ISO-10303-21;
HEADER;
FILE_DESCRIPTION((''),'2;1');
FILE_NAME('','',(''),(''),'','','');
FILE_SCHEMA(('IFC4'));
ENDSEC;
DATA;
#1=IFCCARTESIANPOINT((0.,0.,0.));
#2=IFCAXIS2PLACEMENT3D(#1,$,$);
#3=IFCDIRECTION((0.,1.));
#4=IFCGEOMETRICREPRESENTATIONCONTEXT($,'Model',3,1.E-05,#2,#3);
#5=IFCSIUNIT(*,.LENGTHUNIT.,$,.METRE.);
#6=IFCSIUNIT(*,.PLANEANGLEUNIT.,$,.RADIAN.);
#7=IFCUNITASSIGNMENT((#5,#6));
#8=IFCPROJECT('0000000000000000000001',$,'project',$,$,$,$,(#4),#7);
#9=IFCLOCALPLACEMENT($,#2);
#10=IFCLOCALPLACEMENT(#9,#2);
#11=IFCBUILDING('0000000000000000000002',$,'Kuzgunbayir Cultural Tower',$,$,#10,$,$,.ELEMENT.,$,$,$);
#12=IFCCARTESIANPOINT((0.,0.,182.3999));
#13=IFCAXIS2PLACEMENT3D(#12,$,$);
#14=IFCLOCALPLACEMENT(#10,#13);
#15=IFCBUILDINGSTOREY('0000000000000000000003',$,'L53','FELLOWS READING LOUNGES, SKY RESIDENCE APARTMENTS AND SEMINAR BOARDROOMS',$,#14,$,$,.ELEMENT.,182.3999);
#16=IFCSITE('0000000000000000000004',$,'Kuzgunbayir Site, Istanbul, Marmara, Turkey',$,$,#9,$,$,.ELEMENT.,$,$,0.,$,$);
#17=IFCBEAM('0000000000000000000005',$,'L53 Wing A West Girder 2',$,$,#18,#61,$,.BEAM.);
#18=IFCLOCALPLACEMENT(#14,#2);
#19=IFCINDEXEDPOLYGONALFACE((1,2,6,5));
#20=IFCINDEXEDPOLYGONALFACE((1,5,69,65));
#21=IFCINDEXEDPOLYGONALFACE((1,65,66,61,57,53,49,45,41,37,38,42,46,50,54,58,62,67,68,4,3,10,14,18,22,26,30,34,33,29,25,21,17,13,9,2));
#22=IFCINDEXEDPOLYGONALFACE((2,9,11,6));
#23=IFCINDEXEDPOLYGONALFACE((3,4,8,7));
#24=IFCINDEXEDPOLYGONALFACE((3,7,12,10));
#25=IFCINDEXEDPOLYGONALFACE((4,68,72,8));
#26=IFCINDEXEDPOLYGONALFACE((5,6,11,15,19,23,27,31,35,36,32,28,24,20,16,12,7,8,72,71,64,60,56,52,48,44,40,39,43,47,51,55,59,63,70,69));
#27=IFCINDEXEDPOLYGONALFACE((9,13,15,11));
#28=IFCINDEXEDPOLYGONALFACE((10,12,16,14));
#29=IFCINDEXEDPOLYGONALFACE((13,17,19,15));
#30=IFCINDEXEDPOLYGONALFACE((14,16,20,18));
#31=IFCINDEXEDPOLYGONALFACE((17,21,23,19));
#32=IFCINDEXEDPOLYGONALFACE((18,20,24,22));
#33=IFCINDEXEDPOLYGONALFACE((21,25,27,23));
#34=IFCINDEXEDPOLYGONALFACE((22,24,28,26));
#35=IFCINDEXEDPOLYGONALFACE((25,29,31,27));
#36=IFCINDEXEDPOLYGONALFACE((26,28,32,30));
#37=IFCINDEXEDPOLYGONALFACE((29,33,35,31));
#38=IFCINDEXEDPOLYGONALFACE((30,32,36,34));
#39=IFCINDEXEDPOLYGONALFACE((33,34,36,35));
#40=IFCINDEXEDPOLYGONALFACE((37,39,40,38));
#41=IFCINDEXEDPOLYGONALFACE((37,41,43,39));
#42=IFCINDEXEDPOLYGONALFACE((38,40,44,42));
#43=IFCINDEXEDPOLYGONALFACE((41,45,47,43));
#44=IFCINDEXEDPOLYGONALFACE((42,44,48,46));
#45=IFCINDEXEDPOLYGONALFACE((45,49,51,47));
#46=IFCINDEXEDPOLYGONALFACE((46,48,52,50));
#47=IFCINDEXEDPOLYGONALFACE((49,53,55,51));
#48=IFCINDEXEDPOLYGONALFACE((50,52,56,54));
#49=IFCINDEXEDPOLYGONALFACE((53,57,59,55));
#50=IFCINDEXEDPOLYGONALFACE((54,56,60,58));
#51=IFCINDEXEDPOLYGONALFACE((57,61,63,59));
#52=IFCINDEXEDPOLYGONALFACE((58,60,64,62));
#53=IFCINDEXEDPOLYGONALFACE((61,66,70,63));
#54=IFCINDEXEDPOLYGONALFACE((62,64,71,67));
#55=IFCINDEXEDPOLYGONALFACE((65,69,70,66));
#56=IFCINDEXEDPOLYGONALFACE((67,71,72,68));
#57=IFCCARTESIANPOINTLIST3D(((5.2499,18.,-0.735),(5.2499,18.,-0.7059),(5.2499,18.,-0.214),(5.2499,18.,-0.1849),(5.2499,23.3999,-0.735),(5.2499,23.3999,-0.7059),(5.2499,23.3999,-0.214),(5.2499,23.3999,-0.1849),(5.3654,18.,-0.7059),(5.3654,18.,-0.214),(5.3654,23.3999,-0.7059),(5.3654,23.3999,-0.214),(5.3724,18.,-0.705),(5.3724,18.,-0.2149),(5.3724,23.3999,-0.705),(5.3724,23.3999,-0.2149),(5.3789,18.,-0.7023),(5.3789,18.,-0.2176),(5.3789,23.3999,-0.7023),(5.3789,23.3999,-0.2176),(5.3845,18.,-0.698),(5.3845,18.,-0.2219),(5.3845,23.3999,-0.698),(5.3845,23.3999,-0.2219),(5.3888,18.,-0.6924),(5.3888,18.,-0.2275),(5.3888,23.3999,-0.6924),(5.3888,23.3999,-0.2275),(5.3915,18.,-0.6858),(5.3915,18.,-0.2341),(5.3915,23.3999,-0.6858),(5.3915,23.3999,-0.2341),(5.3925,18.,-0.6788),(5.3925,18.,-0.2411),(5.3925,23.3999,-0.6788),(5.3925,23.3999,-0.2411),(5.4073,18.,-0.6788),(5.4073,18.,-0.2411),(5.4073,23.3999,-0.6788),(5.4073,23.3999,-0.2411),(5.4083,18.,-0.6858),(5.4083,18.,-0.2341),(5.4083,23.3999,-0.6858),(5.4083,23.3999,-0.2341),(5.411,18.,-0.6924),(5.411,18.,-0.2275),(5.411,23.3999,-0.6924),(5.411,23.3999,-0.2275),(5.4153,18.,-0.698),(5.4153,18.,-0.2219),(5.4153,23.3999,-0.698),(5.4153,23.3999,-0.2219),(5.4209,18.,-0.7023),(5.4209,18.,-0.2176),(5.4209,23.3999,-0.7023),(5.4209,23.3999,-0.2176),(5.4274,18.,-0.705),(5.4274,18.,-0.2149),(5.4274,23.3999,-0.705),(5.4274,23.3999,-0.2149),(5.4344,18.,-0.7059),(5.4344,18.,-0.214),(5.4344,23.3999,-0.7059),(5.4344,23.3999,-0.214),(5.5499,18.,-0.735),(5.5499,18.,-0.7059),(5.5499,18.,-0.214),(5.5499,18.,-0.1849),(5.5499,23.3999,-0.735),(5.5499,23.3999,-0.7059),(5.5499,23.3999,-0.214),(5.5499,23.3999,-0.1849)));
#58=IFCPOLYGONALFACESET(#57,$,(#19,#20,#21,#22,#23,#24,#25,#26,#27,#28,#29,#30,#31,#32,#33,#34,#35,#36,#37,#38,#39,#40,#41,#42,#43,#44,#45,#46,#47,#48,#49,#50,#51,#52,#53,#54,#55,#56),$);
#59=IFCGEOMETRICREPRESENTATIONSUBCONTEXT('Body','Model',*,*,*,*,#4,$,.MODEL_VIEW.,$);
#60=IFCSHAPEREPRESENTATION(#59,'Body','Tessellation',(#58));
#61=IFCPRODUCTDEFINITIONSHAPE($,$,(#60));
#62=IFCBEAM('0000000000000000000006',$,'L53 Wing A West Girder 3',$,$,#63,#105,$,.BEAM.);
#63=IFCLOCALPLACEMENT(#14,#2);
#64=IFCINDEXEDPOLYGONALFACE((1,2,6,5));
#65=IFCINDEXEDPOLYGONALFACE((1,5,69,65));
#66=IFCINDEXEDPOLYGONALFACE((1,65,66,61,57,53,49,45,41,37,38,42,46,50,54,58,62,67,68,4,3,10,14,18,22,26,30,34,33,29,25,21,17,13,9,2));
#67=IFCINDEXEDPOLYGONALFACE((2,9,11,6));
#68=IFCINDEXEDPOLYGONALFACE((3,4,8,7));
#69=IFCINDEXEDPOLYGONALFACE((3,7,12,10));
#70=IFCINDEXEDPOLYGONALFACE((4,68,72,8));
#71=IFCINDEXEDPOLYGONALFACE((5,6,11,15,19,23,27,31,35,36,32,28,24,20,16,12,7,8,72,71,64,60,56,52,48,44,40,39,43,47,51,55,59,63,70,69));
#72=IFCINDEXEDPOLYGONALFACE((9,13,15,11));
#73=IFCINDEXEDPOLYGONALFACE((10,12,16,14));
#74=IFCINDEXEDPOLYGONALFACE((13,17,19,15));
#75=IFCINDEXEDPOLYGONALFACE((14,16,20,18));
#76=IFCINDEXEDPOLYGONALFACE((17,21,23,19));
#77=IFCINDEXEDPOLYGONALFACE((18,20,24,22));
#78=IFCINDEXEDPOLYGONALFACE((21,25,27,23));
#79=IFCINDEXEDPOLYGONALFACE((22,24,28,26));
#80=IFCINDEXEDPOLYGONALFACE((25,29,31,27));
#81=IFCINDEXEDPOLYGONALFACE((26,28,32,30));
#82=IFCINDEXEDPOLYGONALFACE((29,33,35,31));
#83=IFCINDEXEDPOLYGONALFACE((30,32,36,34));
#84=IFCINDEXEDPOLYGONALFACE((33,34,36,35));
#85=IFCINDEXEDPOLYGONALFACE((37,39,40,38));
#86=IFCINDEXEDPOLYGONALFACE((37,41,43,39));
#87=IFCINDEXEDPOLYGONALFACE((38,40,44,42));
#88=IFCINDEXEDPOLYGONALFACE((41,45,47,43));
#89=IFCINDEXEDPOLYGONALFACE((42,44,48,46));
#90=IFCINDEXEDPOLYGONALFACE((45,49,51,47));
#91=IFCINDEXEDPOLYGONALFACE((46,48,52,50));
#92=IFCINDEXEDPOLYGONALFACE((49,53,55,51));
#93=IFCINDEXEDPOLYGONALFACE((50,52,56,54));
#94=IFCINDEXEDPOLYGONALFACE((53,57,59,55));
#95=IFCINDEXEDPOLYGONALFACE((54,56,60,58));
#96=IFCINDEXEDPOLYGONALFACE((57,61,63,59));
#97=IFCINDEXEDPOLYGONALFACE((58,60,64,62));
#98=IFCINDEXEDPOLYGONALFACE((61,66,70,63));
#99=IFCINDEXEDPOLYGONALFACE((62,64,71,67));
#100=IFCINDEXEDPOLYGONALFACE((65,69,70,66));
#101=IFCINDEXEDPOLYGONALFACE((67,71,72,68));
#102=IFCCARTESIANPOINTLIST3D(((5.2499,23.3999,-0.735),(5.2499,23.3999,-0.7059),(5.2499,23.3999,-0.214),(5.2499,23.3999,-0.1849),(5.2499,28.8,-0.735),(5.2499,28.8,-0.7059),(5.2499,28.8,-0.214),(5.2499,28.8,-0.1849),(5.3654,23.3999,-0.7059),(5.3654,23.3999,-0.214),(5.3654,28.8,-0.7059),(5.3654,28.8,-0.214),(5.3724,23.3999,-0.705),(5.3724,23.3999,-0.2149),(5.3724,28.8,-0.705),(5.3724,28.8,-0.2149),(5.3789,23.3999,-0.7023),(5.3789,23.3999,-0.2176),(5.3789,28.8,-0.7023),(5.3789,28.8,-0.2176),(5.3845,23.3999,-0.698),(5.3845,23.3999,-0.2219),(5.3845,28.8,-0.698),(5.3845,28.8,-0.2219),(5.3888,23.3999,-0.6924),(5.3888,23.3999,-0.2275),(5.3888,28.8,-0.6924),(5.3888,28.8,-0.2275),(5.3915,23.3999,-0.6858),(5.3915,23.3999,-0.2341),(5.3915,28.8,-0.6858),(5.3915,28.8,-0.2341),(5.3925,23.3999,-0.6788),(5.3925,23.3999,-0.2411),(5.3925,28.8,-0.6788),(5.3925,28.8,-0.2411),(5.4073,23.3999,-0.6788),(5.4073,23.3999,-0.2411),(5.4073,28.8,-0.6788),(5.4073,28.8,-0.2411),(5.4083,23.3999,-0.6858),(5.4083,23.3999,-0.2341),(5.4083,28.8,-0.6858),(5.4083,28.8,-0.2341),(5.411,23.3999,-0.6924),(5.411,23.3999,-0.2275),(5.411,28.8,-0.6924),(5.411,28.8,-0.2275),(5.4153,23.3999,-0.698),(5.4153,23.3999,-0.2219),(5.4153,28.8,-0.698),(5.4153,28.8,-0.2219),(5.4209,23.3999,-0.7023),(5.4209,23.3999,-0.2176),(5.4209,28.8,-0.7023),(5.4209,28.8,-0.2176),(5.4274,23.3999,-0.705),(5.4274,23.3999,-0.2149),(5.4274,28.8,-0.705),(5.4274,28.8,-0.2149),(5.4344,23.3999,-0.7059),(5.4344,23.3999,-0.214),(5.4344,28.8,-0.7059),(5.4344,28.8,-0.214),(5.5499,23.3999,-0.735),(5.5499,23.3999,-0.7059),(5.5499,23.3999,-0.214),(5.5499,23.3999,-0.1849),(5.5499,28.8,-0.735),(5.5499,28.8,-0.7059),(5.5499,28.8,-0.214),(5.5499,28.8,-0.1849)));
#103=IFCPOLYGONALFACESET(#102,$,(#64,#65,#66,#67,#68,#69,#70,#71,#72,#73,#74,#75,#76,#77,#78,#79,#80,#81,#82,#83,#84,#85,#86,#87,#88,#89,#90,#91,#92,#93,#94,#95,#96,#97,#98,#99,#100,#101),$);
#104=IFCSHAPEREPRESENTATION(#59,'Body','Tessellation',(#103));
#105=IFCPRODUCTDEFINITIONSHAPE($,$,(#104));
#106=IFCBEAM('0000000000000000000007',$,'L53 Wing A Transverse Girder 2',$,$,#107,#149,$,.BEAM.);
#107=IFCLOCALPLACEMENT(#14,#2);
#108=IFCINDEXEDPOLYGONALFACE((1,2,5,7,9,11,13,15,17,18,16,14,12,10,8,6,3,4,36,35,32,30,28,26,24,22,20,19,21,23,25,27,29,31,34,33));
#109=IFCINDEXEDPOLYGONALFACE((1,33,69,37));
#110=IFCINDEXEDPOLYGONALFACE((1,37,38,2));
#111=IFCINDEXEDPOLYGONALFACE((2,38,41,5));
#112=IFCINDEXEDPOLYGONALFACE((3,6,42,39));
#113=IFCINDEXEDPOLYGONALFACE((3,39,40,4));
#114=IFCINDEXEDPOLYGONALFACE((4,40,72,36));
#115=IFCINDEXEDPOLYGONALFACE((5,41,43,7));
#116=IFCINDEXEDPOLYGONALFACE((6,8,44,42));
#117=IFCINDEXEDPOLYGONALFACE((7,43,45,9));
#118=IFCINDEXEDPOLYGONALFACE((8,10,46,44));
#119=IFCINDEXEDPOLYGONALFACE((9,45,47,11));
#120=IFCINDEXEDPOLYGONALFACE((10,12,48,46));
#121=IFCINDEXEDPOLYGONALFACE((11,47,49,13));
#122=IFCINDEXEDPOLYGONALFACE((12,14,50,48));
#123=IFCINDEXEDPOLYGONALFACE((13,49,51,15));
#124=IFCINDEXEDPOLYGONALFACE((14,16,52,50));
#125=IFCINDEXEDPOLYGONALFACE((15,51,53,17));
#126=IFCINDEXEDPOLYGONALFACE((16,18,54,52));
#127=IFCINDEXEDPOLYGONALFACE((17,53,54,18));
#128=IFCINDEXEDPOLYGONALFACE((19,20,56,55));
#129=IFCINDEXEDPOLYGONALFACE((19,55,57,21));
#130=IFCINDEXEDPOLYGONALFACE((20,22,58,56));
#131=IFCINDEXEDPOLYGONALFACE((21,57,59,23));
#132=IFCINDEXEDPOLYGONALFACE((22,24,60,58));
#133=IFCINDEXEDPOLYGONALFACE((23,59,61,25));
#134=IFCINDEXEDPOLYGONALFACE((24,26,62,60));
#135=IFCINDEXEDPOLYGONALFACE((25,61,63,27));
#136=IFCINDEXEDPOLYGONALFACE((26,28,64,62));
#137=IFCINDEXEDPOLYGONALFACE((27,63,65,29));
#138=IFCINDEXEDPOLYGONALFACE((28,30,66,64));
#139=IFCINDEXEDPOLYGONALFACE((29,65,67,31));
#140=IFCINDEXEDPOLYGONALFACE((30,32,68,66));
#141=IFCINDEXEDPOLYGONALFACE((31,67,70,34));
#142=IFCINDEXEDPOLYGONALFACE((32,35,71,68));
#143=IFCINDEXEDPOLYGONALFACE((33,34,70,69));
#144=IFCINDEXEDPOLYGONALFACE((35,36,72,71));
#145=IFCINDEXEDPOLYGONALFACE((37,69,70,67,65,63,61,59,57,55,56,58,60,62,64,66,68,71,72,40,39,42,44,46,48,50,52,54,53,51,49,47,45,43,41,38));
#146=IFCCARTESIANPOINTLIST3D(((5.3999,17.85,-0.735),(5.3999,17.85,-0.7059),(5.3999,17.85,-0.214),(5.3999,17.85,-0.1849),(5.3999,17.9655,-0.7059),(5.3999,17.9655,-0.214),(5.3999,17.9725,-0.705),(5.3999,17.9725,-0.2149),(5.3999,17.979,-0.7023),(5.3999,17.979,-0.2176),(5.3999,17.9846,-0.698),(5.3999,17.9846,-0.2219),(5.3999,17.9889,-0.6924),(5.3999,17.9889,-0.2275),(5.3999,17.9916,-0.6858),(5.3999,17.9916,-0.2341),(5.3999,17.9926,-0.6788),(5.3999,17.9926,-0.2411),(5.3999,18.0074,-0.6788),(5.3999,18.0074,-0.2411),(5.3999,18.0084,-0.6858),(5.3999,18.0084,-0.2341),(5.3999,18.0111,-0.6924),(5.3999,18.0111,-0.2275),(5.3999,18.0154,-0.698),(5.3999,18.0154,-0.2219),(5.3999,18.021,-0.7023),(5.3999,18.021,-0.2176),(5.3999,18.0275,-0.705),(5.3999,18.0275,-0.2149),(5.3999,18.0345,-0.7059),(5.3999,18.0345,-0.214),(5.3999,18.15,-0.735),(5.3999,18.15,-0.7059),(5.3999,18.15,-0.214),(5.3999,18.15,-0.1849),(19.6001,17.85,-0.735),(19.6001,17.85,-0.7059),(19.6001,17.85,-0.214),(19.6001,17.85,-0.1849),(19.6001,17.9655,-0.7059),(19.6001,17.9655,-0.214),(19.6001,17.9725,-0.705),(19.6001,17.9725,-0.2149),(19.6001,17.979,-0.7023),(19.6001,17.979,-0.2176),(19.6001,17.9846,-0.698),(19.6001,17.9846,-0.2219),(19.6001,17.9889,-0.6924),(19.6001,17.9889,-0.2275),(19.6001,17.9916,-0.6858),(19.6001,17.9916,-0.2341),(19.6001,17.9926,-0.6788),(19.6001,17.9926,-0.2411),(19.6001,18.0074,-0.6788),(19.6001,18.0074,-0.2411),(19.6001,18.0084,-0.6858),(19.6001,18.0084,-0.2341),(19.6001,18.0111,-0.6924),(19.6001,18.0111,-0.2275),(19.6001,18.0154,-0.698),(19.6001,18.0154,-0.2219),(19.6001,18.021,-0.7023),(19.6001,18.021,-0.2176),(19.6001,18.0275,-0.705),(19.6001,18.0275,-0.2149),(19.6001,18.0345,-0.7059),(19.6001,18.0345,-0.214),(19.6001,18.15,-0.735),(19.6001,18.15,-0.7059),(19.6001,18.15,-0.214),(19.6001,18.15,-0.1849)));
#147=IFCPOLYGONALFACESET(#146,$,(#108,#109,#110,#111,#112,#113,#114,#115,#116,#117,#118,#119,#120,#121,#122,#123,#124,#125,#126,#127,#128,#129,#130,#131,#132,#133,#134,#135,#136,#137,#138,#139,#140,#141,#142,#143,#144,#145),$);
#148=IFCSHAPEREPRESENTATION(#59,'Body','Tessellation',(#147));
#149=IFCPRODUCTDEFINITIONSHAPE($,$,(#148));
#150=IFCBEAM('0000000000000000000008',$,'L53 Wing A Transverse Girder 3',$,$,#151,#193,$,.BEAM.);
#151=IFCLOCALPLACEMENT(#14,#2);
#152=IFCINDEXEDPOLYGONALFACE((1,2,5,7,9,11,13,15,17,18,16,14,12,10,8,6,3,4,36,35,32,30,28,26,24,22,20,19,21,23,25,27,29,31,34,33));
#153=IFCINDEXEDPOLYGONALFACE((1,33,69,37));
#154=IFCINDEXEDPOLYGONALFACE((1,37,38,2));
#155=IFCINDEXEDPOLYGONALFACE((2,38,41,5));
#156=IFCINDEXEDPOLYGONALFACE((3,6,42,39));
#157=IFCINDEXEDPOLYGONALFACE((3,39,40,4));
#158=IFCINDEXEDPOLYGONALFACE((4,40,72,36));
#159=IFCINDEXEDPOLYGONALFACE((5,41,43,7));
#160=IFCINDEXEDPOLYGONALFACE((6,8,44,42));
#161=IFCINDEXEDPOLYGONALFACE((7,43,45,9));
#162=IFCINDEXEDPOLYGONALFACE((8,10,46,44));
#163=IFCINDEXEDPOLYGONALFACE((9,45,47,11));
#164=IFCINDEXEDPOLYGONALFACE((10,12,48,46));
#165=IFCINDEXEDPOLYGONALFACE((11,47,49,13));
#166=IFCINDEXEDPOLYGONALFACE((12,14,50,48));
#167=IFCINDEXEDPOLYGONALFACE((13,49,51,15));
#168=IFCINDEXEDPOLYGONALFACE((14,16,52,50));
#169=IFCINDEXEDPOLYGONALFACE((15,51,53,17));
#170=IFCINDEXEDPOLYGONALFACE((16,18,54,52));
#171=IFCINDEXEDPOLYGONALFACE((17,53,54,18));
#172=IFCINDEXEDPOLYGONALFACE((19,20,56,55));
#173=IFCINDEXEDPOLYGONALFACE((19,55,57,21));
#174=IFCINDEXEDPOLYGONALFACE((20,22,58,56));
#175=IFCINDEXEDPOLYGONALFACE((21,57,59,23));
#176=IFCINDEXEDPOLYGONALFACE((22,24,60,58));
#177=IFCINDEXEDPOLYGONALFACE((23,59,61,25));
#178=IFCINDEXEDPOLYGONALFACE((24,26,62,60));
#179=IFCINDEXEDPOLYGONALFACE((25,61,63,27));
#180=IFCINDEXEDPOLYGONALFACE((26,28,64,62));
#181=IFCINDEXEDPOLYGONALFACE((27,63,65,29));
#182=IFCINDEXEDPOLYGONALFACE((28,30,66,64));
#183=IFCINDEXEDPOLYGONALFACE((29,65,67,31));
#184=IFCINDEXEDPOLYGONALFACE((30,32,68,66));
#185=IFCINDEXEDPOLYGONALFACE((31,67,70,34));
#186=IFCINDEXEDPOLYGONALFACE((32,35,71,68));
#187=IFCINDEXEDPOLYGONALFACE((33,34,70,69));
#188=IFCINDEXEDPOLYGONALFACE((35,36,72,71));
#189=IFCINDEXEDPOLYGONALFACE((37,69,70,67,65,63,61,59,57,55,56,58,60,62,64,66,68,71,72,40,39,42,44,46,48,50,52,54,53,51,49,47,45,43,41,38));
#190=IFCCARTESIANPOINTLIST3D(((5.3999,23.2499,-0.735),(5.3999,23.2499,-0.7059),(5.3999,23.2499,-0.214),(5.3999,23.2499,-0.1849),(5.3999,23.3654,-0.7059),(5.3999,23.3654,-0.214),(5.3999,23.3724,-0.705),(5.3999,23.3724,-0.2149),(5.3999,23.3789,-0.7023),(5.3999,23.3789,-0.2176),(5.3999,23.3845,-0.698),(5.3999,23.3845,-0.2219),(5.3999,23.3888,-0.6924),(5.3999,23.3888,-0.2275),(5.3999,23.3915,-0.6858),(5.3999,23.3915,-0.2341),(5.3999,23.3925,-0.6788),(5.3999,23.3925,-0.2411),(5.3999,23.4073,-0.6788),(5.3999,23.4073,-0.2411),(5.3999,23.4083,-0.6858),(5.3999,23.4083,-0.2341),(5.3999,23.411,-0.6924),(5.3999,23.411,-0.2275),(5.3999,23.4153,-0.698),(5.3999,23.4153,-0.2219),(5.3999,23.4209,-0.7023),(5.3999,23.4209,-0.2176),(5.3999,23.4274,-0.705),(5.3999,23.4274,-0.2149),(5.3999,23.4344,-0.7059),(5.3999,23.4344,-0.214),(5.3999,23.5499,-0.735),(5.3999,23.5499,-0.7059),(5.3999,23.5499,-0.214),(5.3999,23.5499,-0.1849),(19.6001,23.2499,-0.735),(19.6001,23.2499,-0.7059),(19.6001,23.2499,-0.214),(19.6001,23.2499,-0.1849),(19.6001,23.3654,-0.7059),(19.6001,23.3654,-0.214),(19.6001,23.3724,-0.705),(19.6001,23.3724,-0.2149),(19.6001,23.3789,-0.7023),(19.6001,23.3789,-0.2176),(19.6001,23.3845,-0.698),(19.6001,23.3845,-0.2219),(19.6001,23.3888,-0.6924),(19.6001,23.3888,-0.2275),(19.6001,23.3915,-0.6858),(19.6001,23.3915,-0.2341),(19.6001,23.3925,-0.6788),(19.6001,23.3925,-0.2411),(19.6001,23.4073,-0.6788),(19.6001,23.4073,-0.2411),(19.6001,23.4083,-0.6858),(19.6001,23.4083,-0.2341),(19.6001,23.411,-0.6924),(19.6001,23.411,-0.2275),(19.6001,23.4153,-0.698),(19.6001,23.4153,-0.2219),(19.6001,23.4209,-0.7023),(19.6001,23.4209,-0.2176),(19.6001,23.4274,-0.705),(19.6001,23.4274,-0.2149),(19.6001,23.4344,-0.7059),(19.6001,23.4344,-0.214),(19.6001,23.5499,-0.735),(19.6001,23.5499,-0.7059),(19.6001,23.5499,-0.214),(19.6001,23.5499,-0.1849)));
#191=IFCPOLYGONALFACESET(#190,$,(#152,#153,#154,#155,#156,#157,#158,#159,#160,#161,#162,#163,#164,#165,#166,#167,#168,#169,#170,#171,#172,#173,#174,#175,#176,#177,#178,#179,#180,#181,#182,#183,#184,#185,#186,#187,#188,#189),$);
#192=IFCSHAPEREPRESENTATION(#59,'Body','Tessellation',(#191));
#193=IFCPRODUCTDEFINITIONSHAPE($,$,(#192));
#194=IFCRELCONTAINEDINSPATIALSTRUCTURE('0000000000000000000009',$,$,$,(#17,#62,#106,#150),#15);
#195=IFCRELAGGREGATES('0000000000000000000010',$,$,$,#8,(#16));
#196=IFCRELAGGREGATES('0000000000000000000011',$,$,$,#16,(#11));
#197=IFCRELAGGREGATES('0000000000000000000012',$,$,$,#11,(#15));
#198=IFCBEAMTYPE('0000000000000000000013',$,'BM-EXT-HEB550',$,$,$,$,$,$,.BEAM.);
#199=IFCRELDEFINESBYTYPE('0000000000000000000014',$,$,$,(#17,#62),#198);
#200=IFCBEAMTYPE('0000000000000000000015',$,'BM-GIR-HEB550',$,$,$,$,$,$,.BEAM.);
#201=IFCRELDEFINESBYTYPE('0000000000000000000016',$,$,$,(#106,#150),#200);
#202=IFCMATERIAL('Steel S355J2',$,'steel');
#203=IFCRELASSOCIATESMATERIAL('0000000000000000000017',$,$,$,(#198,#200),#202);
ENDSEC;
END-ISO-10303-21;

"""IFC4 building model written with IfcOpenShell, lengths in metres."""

from ifc_helpers import new_model, si_unit, direction, frame, origin, origin_2d, place, context, subcontext, project, spatial, i_section, extrude, material, material_profile, profile_set, type_object, element, save


model = new_model("IFC4")

# Units and contexts
model_context = context("Model", 3, precision=1e-05, world=origin(), true_north=direction((0.0, 1.0)))
body_context = subcontext(model_context, "Body", "Model", "MODEL_VIEW")
ifc_project = project(units=[si_unit("LENGTHUNIT", "METRE"), si_unit("PLANEANGLEUNIT", "RADIAN")], contexts=[model_context])

# Site, building, storey
site_placement = place(None, origin())
site = spatial("IfcSite", under=ifc_project, at=site_placement, Name="Kuzgunbayir Site, Istanbul, Marmara, Turkey", CompositionType="ELEMENT", RefElevation=0.0)
building_placement = place(site_placement, origin())
building = spatial("IfcBuilding", under=site, at=building_placement, Name="Kuzgunbayir Cultural Tower", CompositionType="ELEMENT")
storey_placement = place(building_placement, frame((0.0, 0.0, 182.3999)))
storey = spatial("IfcBuildingStorey", under=building, at=storey_placement, Name="L53", Description="FELLOWS READING LOUNGES, SKY RESIDENCE APARTMENTS AND SEMINAR BOARDROOMS", CompositionType="ELEMENT", Elevation=182.3999)

# Beams
ifc_material_1 = material(Name="Steel S355J2", Category="steel")
ifc_material_profile_1 = material_profile(ifc_material_1, i_section(OverallWidth=0.3, OverallDepth=0.55, WebThickness=0.0149, FlangeThickness=0.0291, FilletRadius=0.0271, at=origin_2d()), Name="HEB 550")
ifc_profile_set_1 = profile_set([ifc_material_profile_1], Name="Steel S355J2")
beam_type_1 = type_object("IfcBeamType", Name="BM-EXT-HEB550", PredefinedType="BEAM", material=ifc_profile_set_1)
beam_1_placement = place(storey_placement, frame((5.3999, 18.0, -0.46), z_axis=(0.0, 1.0, 0.0), x_axis=(-1.0, 0.0, 0.0)))
element("IfcBeam", 1, at=beam_1_placement, inside=storey, type_object=beam_type_1, Name="L53 Wing A West Girder 2", PredefinedType="BEAM", context=body_context, shape_type="SweptSolid", body=[
    extrude(i_section(OverallWidth=0.3, OverallDepth=0.55, WebThickness=0.0149, FlangeThickness=0.0291, FilletRadius=0.0271, at=origin_2d()), origin(), (0.0, 0.0, 1.0), 5.3999),
])
beam_2_placement = place(storey_placement, frame((5.3999, 23.3999, -0.46), z_axis=(0.0, 1.0, 0.0), x_axis=(-1.0, 0.0, 0.0)))
element("IfcBeam", 2, at=beam_2_placement, inside=storey, type_object=beam_type_1, Name="L53 Wing A West Girder 3", PredefinedType="BEAM", context=body_context, shape_type="SweptSolid", body=[
    extrude(i_section(OverallWidth=0.3, OverallDepth=0.55, WebThickness=0.0149, FlangeThickness=0.0291, FilletRadius=0.0271, at=origin_2d()), origin(), (0.0, 0.0, 1.0), 5.4001),
])
ifc_material_profile_2 = material_profile(ifc_material_1, i_section(OverallWidth=0.3, OverallDepth=0.55, WebThickness=0.0149, FlangeThickness=0.0291, FilletRadius=0.0271, at=origin_2d()), Name="HEB 550")
ifc_profile_set_2 = profile_set([ifc_material_profile_2], Name="Steel S355J2")
beam_type_2 = type_object("IfcBeamType", Name="BM-GIR-HEB550", PredefinedType="BEAM", material=ifc_profile_set_2)
for number, where, z_axis, x_axis, name in (
    (3, (5.3999, 18.0, -0.46), (1.0, 0.0, 0.0), (0.0, 1.0, 0.0), "L53 Wing A Transverse Girder 2"),
    (4, (5.3999, 23.3999, -0.46), (1.0, 0.0, 0.0), (0.0, 1.0, 0.0), "L53 Wing A Transverse Girder 3"),
):
    element("IfcBeam", number, at=place(storey_placement, frame(where, z_axis=z_axis, x_axis=x_axis)), inside=storey, type_object=beam_type_2, Name=name, PredefinedType="BEAM", context=body_context, shape_type="SweptSolid", body=[
        extrude(i_section(OverallWidth=0.3, OverallDepth=0.55, WebThickness=0.0149, FlangeThickness=0.0291, FilletRadius=0.0271, at=origin_2d()), origin(), (0.0, 0.0, 1.0), 14.2002),
    ])

save(model, "model.ifc")
